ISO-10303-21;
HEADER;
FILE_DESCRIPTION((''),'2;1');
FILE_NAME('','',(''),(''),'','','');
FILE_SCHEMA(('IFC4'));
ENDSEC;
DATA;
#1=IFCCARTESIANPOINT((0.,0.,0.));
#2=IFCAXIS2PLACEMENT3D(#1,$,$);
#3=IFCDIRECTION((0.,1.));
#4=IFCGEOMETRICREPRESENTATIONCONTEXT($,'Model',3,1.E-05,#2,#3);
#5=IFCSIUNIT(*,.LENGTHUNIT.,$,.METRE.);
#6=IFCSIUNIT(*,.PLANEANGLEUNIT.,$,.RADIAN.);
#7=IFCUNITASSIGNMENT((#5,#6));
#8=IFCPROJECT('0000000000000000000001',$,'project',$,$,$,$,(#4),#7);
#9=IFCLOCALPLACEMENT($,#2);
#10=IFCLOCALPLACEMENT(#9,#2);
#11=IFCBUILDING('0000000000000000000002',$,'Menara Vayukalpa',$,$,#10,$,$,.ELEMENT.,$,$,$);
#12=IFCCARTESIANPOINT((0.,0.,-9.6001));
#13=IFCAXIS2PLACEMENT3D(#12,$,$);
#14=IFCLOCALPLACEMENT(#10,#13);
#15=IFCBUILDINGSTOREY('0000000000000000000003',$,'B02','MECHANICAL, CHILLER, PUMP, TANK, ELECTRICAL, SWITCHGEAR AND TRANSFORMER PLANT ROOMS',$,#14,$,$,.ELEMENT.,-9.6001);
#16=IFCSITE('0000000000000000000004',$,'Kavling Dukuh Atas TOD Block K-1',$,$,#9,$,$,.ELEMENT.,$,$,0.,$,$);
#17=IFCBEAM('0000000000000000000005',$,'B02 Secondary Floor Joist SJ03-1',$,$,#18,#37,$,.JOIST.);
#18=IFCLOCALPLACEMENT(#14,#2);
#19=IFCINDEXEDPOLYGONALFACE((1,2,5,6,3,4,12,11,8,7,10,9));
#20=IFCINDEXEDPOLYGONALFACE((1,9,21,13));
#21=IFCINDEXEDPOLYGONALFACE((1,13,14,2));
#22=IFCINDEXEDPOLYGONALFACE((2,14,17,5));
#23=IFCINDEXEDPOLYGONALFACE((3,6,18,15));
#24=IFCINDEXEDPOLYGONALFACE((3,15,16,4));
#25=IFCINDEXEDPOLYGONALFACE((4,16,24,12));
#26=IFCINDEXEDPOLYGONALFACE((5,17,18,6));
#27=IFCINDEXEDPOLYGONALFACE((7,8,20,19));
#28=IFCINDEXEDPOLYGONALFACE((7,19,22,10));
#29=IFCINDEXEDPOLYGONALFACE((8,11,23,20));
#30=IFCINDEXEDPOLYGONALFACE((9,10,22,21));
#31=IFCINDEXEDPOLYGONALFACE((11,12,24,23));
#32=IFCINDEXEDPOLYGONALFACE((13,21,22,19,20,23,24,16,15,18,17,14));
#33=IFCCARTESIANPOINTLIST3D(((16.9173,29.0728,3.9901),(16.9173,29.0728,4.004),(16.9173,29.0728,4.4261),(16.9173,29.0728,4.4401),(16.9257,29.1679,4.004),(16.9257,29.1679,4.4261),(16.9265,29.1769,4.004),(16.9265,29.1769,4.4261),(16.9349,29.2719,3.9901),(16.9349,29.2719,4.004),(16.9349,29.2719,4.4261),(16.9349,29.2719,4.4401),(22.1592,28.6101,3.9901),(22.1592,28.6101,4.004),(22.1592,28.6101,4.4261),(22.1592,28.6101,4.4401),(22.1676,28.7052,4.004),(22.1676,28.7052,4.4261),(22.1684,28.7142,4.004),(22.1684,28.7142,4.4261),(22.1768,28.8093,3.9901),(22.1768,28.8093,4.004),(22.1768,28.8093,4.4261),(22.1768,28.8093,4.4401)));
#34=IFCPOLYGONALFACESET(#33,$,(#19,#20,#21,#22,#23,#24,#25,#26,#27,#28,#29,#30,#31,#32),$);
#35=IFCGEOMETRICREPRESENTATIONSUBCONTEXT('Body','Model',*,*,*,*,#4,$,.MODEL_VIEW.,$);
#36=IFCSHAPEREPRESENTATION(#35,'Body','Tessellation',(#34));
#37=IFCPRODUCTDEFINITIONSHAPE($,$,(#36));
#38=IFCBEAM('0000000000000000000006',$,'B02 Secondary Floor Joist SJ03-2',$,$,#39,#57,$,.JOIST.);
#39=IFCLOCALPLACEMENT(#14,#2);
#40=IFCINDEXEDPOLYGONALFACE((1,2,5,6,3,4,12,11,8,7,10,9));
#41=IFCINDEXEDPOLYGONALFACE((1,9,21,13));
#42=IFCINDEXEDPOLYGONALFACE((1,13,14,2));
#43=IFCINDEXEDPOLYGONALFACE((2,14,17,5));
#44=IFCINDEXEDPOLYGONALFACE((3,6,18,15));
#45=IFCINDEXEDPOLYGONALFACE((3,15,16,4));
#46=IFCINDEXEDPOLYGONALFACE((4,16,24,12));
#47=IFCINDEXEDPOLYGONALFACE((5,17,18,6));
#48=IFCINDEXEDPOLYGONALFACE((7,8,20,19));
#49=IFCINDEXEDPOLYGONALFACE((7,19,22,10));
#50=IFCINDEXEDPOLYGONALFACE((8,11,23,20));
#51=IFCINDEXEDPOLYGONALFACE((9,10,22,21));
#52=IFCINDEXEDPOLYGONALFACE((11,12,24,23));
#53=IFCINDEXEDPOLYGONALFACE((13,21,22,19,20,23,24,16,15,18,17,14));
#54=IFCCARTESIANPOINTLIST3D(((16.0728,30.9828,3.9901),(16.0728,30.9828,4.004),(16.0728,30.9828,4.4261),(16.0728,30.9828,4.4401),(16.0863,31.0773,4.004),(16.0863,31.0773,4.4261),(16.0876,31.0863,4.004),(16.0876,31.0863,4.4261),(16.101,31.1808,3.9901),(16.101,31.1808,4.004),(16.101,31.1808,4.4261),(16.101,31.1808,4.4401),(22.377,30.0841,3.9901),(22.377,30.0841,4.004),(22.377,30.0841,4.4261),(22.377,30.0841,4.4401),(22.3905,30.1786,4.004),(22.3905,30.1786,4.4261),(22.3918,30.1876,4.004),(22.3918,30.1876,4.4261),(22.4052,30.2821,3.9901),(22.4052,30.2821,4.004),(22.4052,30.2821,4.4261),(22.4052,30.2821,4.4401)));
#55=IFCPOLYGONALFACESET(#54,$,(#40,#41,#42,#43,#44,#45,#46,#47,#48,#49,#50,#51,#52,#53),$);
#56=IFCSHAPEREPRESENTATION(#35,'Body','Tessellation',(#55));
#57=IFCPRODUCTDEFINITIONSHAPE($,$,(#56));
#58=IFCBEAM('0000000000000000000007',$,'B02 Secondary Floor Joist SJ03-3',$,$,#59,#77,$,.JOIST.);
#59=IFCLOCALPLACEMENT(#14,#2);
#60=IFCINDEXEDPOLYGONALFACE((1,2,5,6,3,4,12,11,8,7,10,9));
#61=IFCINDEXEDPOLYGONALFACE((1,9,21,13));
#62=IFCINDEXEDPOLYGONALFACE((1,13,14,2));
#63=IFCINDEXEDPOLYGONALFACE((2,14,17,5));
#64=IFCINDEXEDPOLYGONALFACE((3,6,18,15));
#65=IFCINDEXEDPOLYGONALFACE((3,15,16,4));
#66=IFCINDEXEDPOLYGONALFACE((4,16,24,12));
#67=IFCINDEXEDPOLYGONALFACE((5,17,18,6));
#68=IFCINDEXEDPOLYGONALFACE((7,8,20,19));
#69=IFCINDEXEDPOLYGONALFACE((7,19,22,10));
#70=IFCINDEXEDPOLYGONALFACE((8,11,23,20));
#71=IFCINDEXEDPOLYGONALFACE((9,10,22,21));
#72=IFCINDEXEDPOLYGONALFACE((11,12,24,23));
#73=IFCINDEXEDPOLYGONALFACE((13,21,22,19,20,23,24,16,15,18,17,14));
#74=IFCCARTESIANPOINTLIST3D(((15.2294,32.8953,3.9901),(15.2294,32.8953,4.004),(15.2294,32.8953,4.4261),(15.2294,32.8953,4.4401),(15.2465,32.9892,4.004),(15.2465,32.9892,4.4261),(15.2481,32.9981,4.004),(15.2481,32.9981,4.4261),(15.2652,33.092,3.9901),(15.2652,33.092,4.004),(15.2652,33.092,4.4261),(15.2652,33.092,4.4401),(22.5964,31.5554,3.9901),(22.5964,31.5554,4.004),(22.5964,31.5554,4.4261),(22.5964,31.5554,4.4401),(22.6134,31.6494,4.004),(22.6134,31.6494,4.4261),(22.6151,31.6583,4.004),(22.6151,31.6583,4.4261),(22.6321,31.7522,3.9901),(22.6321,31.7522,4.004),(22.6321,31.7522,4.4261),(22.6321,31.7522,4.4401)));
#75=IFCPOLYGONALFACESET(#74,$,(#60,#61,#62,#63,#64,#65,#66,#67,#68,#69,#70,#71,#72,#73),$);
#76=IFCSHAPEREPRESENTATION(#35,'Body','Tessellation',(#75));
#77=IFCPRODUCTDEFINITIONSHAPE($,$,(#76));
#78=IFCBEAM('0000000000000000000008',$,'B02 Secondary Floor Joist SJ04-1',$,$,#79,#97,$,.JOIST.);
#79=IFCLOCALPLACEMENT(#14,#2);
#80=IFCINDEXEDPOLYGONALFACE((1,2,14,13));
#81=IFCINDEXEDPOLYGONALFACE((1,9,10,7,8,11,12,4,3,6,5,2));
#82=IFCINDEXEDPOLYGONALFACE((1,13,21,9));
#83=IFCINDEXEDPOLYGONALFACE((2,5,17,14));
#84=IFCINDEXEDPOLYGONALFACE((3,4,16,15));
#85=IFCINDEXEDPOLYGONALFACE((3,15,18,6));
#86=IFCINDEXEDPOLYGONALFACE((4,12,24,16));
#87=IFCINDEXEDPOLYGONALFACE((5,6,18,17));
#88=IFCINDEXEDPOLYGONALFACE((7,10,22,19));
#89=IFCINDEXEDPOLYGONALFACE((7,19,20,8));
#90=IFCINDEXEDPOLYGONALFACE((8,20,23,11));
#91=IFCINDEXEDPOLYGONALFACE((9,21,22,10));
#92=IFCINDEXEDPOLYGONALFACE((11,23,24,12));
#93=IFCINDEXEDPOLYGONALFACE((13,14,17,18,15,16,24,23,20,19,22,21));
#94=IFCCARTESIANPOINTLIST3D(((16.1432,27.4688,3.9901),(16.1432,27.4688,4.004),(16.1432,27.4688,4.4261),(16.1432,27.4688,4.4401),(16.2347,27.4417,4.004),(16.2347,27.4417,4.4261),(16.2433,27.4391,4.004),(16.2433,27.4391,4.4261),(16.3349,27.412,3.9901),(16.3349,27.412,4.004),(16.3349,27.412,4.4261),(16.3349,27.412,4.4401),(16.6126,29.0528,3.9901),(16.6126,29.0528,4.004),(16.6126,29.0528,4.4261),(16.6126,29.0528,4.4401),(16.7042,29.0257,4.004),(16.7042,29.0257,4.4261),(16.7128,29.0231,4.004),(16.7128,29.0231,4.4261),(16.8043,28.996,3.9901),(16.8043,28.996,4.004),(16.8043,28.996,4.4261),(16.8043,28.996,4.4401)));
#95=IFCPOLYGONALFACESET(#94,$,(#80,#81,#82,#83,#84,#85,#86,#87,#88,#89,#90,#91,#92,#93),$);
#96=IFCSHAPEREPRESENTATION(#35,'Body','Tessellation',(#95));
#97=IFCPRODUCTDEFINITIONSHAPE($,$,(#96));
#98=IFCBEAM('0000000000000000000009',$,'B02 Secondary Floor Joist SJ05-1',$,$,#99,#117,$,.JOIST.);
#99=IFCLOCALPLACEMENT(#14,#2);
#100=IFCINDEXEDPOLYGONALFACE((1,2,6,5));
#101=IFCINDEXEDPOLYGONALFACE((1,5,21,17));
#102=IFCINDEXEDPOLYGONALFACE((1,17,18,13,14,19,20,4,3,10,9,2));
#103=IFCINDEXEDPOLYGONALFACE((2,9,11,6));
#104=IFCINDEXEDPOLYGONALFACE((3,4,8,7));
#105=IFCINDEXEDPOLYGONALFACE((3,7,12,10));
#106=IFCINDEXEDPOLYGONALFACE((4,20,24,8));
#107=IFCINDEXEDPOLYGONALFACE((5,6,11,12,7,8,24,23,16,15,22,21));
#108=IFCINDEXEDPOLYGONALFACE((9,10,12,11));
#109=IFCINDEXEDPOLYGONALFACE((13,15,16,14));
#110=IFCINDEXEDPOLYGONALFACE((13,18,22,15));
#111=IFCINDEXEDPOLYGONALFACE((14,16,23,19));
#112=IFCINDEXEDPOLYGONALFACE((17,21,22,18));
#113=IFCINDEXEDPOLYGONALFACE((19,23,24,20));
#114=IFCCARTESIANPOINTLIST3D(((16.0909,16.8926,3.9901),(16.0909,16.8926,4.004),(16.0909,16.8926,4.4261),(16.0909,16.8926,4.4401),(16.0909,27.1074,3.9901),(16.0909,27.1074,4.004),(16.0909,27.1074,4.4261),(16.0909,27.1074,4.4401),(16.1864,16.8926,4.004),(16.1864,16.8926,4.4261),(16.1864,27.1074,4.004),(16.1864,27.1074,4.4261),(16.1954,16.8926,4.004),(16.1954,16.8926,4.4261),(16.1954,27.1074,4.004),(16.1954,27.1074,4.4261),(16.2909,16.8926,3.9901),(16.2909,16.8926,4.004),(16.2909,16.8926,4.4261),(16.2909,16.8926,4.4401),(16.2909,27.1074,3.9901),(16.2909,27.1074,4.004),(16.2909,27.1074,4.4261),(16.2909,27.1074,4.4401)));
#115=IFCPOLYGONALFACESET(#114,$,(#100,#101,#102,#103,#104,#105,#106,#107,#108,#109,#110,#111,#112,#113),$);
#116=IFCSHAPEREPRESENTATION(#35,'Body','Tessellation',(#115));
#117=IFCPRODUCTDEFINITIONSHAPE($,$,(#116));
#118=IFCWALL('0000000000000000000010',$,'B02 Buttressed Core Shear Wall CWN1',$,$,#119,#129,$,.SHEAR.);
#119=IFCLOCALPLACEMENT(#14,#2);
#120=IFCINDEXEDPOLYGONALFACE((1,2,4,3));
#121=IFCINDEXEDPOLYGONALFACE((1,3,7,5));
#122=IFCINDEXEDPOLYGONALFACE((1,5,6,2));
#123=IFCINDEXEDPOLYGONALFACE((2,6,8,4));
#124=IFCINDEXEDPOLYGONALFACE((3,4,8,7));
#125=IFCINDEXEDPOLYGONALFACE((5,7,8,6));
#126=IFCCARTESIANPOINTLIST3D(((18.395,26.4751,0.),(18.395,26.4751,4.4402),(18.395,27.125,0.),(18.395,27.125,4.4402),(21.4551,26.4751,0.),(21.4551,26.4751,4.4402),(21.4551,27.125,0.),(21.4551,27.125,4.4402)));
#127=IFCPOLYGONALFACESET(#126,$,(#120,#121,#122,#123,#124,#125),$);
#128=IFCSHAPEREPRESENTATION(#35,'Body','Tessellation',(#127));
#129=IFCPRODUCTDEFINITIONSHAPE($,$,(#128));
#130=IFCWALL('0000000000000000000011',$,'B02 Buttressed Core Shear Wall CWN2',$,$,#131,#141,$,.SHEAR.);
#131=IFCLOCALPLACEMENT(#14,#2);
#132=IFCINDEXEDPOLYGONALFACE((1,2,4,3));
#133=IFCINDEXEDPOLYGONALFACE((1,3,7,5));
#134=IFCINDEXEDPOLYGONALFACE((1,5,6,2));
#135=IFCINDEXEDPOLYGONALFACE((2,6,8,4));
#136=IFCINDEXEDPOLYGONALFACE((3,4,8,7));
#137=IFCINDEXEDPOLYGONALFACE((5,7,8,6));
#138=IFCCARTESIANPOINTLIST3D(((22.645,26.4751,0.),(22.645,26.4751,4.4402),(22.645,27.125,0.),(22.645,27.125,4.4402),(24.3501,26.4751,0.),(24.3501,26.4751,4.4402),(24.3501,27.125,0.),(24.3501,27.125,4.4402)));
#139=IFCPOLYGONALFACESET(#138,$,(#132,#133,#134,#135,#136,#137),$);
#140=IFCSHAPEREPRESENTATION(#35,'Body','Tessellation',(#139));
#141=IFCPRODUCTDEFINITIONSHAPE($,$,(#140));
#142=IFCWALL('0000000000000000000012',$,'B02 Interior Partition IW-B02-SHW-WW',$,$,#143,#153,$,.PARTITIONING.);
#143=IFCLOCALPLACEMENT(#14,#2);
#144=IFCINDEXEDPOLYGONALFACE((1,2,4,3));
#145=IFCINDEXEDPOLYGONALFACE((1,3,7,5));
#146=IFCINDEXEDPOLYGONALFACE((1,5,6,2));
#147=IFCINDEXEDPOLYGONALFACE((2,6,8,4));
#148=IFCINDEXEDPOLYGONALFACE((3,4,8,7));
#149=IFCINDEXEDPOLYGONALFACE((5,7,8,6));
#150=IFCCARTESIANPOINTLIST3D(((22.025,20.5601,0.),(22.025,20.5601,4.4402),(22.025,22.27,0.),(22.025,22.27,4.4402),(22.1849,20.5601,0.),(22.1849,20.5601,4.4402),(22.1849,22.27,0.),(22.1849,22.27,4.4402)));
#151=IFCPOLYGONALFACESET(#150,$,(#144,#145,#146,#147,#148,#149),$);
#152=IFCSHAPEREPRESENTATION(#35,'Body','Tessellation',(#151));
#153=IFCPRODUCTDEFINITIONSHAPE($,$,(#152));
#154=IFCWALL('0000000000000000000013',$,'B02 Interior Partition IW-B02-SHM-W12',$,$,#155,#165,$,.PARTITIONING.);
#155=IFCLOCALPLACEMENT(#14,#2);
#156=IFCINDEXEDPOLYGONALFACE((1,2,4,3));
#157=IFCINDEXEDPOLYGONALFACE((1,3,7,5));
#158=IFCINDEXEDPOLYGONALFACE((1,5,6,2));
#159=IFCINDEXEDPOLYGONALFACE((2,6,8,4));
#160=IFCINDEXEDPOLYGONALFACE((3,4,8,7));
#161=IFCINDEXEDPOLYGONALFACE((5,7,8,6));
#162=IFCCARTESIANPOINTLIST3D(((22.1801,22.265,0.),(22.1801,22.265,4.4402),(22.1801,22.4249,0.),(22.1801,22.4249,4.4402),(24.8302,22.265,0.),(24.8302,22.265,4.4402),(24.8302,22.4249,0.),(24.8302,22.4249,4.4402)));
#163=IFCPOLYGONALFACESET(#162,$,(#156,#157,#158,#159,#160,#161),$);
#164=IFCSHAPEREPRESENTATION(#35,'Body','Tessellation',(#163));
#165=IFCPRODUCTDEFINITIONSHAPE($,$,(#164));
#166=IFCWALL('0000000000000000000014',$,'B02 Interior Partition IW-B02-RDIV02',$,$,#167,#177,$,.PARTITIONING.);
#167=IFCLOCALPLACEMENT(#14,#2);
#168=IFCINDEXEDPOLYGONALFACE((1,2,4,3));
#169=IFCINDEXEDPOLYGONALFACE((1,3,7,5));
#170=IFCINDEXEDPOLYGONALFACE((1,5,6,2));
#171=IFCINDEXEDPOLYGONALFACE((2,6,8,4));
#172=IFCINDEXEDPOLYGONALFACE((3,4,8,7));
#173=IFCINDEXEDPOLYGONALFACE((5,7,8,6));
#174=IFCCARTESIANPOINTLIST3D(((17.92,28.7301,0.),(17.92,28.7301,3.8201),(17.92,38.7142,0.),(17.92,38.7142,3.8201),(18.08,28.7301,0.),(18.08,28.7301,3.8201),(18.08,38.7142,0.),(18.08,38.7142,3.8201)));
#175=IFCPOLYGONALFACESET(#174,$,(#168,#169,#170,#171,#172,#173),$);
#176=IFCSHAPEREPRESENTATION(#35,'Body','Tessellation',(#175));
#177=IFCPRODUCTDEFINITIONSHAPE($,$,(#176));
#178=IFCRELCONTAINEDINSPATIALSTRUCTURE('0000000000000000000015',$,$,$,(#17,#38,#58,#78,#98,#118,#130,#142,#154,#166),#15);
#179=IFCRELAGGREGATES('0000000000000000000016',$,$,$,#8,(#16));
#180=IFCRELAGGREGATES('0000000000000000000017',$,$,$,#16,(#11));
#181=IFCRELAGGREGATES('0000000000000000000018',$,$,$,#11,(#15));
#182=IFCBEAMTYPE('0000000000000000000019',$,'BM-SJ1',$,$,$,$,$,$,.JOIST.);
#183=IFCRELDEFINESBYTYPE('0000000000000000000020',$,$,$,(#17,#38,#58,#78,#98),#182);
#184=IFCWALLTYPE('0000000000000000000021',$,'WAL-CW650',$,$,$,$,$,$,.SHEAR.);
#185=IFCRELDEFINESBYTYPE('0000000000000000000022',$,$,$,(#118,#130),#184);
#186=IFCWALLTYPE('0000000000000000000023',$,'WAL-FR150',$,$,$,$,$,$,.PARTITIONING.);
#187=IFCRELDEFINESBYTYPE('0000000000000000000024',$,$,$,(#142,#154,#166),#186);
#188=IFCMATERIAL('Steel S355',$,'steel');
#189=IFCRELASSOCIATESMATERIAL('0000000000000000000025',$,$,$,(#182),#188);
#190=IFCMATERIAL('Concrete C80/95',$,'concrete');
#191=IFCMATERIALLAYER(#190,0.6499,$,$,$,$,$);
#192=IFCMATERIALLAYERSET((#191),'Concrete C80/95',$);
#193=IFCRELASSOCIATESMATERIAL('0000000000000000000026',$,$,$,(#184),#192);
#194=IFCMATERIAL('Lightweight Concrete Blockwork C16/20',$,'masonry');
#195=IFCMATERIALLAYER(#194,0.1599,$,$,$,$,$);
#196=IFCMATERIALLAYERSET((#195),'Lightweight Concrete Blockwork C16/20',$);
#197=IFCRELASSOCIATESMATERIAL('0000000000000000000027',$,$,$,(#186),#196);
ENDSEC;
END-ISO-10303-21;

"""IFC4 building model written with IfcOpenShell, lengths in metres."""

from ifc_helpers import new_model, si_unit, direction, frame, frame_2d, origin, origin_2d, place, context, subcontext, project, spatial, rectangle, i_section, extrude, material, layer, layer_set, material_profile, profile_set, type_object, element, save


model = new_model("IFC4")

# Units and contexts
model_context = context("Model", 3, precision=1e-05, world=origin(), true_north=direction((0.0, 1.0)))
body_context = subcontext(model_context, "Body", "Model", "MODEL_VIEW")
ifc_project = project(units=[si_unit("LENGTHUNIT", "METRE"), si_unit("PLANEANGLEUNIT", "RADIAN")], contexts=[model_context])

# Site, building, storey
site_placement = place(None, origin())
site = spatial("IfcSite", under=ifc_project, at=site_placement, Name="Kavling Dukuh Atas TOD Block K-1", CompositionType="ELEMENT", RefElevation=0.0)
building_placement = place(site_placement, origin())
building = spatial("IfcBuilding", under=site, at=building_placement, Name="Menara Vayukalpa", CompositionType="ELEMENT")
storey_placement = place(building_placement, frame((0.0, 0.0, -9.6001)))
storey = spatial("IfcBuildingStorey", under=building, at=storey_placement, Name="B02", Description="MECHANICAL, CHILLER, PUMP, TANK, ELECTRICAL, SWITCHGEAR AND TRANSFORMER PLANT ROOMS", CompositionType="ELEMENT", Elevation=-9.6001)

# Beams
ifc_material_1 = material(Name="Steel S355", Category="steel")
ifc_material_profile_1 = material_profile(ifc_material_1, i_section(OverallWidth=0.2, OverallDepth=0.45, WebThickness=0.009, FlangeThickness=0.0139, at=origin_2d()), Name="WF 450x200x9x14")
ifc_profile_set_1 = profile_set([ifc_material_profile_1], Name="Steel S355")
beam_type_1 = type_object("IfcBeamType", Name="BM-SJ1", PredefinedType="JOIST", material=ifc_profile_set_1)
beam_1_placement = place(storey_placement, frame((22.168, 28.7097, 4.2151), z_axis=(-0.996128, 0.087917, 0.0), x_axis=(-0.087917, -0.996128, 0.0)))
element("IfcBeam", 1, at=beam_1_placement, inside=storey, type_object=beam_type_1, Name="B02 Secondary Floor Joist SJ03-1", PredefinedType="JOIST", context=body_context, shape_type="SweptSolid", body=[
    extrude(i_section(OverallWidth=0.2, OverallDepth=0.45, WebThickness=0.009, FlangeThickness=0.0139, at=origin_2d()), origin(), (0.0, 0.0, 1.0), 5.2622),
])
beam_2_placement = place(storey_placement, frame((22.3911, 30.1831, 4.2151), z_axis=(-0.989992, 0.141126, 0.0), x_axis=(-0.141126, -0.989992, 0.0)))
element("IfcBeam", 2, at=beam_2_placement, inside=storey, type_object=beam_type_1, Name="B02 Secondary Floor Joist SJ03-2", PredefinedType="JOIST", context=body_context, shape_type="SweptSolid", body=[
    extrude(i_section(OverallWidth=0.2, OverallDepth=0.45, WebThickness=0.009, FlangeThickness=0.0139, at=origin_2d()), origin(), (0.0, 0.0, 1.0), 6.3679),
])
beam_3_placement = place(storey_placement, frame((22.6143, 31.6538, 4.2151), z_axis=(-0.983861, 0.178937, 0.0), x_axis=(-0.178937, -0.983861, 0.0)))
element("IfcBeam", 3, at=beam_3_placement, inside=storey, type_object=beam_type_1, Name="B02 Secondary Floor Joist SJ03-3", PredefinedType="JOIST", context=body_context, shape_type="SweptSolid", body=[
    extrude(i_section(OverallWidth=0.2, OverallDepth=0.45, WebThickness=0.009, FlangeThickness=0.0139, at=origin_2d()), origin(), (0.0, 0.0, 1.0), 7.4878),
])
beam_4_placement = place(storey_placement, frame((16.7085, 29.0244, 4.2151), z_axis=(-0.284174, -0.958773, 0.0), x_axis=(0.958773, -0.284174, 0.0)))
element("IfcBeam", 4, at=beam_4_placement, inside=storey, type_object=beam_type_1, Name="B02 Secondary Floor Joist SJ04-1", PredefinedType="JOIST", context=body_context, shape_type="SweptSolid", body=[
    extrude(i_section(OverallWidth=0.2, OverallDepth=0.45, WebThickness=0.009, FlangeThickness=0.0139, at=origin_2d()), origin(), (0.0, 0.0, 1.0), 1.6521),
])
beam_5_placement = place(storey_placement, frame((16.1909, 27.1074, 4.2151), z_axis=(0.0, -1.0, 0.0), x_axis=(1.0, 0.0, 0.0)))
element("IfcBeam", 5, at=beam_5_placement, inside=storey, type_object=beam_type_1, Name="B02 Secondary Floor Joist SJ05-1", PredefinedType="JOIST", context=body_context, shape_type="SweptSolid", body=[
    extrude(i_section(OverallWidth=0.2, OverallDepth=0.45, WebThickness=0.009, FlangeThickness=0.0139, at=origin_2d()), origin(), (0.0, 0.0, 1.0), 10.2148),
])

# Walls
ifc_material_2 = material(Name="Concrete C80/95", Category="concrete")
ifc_layer_1 = layer(ifc_material_2, 0.6499)
ifc_layer_set_1 = layer_set([ifc_layer_1], Name="Concrete C80/95")
wall_type_1 = type_object("IfcWallType", Name="WAL-CW650", PredefinedType="SHEAR", material=ifc_layer_set_1)
wall_1_placement = place(storey_placement, frame((18.395, 26.8, 0.0), z_axis=(0.0, 0.0, 1.0), x_axis=(1.0, 0.0, 0.0)))
element("IfcWall", 6, at=wall_1_placement, inside=storey, type_object=wall_type_1, Name="B02 Buttressed Core Shear Wall CWN1", PredefinedType="SHEAR", context=body_context, shape_type="SweptSolid", body=[
    extrude(rectangle(XDim=3.0601, YDim=0.6499, at=frame_2d((1.53, 0.0))), origin(), (0.0, 0.0, 1.0), 4.4402),
])
wall_2_placement = place(storey_placement, frame((22.645, 26.8, 0.0), z_axis=(0.0, 0.0, 1.0), x_axis=(1.0, 0.0, 0.0)))
element("IfcWall", 7, at=wall_2_placement, inside=storey, type_object=wall_type_1, Name="B02 Buttressed Core Shear Wall CWN2", PredefinedType="SHEAR", context=body_context, shape_type="SweptSolid", body=[
    extrude(rectangle(XDim=1.7051, YDim=0.6499, at=frame_2d((0.8525, 0.0))), origin(), (0.0, 0.0, 1.0), 4.4402),
])
ifc_material_3 = material(Name="Lightweight Concrete Blockwork C16/20", Category="masonry")
ifc_layer_2 = layer(ifc_material_3, 0.1599)
ifc_layer_set_2 = layer_set([ifc_layer_2], Name="Lightweight Concrete Blockwork C16/20")
wall_type_2 = type_object("IfcWallType", Name="WAL-FR150", PredefinedType="PARTITIONING", material=ifc_layer_set_2)
wall_3_placement = place(storey_placement, frame((22.105, 20.5601, 0.0), z_axis=(0.0, 0.0, 1.0), x_axis=(0.0, 1.0, 0.0)))
element("IfcWall", 8, at=wall_3_placement, inside=storey, type_object=wall_type_2, Name="B02 Interior Partition IW-B02-SHW-WW", PredefinedType="PARTITIONING", context=body_context, shape_type="SweptSolid", body=[
    extrude(rectangle(XDim=1.71, YDim=0.1599, at=frame_2d((0.855, 0.0))), origin(), (0.0, 0.0, 1.0), 4.4402),
])
wall_4_placement = place(storey_placement, frame((22.1799, 22.345, 0.0), z_axis=(0.0, 0.0, 1.0), x_axis=(1.0, 0.0, 0.0)))
element("IfcWall", 9, at=wall_4_placement, inside=storey, type_object=wall_type_2, Name="B02 Interior Partition IW-B02-SHM-W12", PredefinedType="PARTITIONING", context=body_context, shape_type="SweptSolid", body=[
    extrude(rectangle(XDim=2.6501, YDim=0.1599, at=frame_2d((1.3252, 0.0))), origin(), (0.0, 0.0, 1.0), 4.4402),
])
wall_5_placement = place(storey_placement, frame((18.0, 28.73, 0.0), z_axis=(0.0, 0.0, 1.0), x_axis=(0.0, 1.0, 0.0)))
element("IfcWall", 10, at=wall_5_placement, inside=storey, type_object=wall_type_2, Name="B02 Interior Partition IW-B02-RDIV02", PredefinedType="PARTITIONING", context=body_context, shape_type="SweptSolid", body=[
    extrude(rectangle(XDim=9.9841, YDim=0.1599, at=frame_2d((4.9922, 0.0))), origin(), (0.0, 0.0, 1.0), 3.8201),
])

save(model, "model.ifc")
